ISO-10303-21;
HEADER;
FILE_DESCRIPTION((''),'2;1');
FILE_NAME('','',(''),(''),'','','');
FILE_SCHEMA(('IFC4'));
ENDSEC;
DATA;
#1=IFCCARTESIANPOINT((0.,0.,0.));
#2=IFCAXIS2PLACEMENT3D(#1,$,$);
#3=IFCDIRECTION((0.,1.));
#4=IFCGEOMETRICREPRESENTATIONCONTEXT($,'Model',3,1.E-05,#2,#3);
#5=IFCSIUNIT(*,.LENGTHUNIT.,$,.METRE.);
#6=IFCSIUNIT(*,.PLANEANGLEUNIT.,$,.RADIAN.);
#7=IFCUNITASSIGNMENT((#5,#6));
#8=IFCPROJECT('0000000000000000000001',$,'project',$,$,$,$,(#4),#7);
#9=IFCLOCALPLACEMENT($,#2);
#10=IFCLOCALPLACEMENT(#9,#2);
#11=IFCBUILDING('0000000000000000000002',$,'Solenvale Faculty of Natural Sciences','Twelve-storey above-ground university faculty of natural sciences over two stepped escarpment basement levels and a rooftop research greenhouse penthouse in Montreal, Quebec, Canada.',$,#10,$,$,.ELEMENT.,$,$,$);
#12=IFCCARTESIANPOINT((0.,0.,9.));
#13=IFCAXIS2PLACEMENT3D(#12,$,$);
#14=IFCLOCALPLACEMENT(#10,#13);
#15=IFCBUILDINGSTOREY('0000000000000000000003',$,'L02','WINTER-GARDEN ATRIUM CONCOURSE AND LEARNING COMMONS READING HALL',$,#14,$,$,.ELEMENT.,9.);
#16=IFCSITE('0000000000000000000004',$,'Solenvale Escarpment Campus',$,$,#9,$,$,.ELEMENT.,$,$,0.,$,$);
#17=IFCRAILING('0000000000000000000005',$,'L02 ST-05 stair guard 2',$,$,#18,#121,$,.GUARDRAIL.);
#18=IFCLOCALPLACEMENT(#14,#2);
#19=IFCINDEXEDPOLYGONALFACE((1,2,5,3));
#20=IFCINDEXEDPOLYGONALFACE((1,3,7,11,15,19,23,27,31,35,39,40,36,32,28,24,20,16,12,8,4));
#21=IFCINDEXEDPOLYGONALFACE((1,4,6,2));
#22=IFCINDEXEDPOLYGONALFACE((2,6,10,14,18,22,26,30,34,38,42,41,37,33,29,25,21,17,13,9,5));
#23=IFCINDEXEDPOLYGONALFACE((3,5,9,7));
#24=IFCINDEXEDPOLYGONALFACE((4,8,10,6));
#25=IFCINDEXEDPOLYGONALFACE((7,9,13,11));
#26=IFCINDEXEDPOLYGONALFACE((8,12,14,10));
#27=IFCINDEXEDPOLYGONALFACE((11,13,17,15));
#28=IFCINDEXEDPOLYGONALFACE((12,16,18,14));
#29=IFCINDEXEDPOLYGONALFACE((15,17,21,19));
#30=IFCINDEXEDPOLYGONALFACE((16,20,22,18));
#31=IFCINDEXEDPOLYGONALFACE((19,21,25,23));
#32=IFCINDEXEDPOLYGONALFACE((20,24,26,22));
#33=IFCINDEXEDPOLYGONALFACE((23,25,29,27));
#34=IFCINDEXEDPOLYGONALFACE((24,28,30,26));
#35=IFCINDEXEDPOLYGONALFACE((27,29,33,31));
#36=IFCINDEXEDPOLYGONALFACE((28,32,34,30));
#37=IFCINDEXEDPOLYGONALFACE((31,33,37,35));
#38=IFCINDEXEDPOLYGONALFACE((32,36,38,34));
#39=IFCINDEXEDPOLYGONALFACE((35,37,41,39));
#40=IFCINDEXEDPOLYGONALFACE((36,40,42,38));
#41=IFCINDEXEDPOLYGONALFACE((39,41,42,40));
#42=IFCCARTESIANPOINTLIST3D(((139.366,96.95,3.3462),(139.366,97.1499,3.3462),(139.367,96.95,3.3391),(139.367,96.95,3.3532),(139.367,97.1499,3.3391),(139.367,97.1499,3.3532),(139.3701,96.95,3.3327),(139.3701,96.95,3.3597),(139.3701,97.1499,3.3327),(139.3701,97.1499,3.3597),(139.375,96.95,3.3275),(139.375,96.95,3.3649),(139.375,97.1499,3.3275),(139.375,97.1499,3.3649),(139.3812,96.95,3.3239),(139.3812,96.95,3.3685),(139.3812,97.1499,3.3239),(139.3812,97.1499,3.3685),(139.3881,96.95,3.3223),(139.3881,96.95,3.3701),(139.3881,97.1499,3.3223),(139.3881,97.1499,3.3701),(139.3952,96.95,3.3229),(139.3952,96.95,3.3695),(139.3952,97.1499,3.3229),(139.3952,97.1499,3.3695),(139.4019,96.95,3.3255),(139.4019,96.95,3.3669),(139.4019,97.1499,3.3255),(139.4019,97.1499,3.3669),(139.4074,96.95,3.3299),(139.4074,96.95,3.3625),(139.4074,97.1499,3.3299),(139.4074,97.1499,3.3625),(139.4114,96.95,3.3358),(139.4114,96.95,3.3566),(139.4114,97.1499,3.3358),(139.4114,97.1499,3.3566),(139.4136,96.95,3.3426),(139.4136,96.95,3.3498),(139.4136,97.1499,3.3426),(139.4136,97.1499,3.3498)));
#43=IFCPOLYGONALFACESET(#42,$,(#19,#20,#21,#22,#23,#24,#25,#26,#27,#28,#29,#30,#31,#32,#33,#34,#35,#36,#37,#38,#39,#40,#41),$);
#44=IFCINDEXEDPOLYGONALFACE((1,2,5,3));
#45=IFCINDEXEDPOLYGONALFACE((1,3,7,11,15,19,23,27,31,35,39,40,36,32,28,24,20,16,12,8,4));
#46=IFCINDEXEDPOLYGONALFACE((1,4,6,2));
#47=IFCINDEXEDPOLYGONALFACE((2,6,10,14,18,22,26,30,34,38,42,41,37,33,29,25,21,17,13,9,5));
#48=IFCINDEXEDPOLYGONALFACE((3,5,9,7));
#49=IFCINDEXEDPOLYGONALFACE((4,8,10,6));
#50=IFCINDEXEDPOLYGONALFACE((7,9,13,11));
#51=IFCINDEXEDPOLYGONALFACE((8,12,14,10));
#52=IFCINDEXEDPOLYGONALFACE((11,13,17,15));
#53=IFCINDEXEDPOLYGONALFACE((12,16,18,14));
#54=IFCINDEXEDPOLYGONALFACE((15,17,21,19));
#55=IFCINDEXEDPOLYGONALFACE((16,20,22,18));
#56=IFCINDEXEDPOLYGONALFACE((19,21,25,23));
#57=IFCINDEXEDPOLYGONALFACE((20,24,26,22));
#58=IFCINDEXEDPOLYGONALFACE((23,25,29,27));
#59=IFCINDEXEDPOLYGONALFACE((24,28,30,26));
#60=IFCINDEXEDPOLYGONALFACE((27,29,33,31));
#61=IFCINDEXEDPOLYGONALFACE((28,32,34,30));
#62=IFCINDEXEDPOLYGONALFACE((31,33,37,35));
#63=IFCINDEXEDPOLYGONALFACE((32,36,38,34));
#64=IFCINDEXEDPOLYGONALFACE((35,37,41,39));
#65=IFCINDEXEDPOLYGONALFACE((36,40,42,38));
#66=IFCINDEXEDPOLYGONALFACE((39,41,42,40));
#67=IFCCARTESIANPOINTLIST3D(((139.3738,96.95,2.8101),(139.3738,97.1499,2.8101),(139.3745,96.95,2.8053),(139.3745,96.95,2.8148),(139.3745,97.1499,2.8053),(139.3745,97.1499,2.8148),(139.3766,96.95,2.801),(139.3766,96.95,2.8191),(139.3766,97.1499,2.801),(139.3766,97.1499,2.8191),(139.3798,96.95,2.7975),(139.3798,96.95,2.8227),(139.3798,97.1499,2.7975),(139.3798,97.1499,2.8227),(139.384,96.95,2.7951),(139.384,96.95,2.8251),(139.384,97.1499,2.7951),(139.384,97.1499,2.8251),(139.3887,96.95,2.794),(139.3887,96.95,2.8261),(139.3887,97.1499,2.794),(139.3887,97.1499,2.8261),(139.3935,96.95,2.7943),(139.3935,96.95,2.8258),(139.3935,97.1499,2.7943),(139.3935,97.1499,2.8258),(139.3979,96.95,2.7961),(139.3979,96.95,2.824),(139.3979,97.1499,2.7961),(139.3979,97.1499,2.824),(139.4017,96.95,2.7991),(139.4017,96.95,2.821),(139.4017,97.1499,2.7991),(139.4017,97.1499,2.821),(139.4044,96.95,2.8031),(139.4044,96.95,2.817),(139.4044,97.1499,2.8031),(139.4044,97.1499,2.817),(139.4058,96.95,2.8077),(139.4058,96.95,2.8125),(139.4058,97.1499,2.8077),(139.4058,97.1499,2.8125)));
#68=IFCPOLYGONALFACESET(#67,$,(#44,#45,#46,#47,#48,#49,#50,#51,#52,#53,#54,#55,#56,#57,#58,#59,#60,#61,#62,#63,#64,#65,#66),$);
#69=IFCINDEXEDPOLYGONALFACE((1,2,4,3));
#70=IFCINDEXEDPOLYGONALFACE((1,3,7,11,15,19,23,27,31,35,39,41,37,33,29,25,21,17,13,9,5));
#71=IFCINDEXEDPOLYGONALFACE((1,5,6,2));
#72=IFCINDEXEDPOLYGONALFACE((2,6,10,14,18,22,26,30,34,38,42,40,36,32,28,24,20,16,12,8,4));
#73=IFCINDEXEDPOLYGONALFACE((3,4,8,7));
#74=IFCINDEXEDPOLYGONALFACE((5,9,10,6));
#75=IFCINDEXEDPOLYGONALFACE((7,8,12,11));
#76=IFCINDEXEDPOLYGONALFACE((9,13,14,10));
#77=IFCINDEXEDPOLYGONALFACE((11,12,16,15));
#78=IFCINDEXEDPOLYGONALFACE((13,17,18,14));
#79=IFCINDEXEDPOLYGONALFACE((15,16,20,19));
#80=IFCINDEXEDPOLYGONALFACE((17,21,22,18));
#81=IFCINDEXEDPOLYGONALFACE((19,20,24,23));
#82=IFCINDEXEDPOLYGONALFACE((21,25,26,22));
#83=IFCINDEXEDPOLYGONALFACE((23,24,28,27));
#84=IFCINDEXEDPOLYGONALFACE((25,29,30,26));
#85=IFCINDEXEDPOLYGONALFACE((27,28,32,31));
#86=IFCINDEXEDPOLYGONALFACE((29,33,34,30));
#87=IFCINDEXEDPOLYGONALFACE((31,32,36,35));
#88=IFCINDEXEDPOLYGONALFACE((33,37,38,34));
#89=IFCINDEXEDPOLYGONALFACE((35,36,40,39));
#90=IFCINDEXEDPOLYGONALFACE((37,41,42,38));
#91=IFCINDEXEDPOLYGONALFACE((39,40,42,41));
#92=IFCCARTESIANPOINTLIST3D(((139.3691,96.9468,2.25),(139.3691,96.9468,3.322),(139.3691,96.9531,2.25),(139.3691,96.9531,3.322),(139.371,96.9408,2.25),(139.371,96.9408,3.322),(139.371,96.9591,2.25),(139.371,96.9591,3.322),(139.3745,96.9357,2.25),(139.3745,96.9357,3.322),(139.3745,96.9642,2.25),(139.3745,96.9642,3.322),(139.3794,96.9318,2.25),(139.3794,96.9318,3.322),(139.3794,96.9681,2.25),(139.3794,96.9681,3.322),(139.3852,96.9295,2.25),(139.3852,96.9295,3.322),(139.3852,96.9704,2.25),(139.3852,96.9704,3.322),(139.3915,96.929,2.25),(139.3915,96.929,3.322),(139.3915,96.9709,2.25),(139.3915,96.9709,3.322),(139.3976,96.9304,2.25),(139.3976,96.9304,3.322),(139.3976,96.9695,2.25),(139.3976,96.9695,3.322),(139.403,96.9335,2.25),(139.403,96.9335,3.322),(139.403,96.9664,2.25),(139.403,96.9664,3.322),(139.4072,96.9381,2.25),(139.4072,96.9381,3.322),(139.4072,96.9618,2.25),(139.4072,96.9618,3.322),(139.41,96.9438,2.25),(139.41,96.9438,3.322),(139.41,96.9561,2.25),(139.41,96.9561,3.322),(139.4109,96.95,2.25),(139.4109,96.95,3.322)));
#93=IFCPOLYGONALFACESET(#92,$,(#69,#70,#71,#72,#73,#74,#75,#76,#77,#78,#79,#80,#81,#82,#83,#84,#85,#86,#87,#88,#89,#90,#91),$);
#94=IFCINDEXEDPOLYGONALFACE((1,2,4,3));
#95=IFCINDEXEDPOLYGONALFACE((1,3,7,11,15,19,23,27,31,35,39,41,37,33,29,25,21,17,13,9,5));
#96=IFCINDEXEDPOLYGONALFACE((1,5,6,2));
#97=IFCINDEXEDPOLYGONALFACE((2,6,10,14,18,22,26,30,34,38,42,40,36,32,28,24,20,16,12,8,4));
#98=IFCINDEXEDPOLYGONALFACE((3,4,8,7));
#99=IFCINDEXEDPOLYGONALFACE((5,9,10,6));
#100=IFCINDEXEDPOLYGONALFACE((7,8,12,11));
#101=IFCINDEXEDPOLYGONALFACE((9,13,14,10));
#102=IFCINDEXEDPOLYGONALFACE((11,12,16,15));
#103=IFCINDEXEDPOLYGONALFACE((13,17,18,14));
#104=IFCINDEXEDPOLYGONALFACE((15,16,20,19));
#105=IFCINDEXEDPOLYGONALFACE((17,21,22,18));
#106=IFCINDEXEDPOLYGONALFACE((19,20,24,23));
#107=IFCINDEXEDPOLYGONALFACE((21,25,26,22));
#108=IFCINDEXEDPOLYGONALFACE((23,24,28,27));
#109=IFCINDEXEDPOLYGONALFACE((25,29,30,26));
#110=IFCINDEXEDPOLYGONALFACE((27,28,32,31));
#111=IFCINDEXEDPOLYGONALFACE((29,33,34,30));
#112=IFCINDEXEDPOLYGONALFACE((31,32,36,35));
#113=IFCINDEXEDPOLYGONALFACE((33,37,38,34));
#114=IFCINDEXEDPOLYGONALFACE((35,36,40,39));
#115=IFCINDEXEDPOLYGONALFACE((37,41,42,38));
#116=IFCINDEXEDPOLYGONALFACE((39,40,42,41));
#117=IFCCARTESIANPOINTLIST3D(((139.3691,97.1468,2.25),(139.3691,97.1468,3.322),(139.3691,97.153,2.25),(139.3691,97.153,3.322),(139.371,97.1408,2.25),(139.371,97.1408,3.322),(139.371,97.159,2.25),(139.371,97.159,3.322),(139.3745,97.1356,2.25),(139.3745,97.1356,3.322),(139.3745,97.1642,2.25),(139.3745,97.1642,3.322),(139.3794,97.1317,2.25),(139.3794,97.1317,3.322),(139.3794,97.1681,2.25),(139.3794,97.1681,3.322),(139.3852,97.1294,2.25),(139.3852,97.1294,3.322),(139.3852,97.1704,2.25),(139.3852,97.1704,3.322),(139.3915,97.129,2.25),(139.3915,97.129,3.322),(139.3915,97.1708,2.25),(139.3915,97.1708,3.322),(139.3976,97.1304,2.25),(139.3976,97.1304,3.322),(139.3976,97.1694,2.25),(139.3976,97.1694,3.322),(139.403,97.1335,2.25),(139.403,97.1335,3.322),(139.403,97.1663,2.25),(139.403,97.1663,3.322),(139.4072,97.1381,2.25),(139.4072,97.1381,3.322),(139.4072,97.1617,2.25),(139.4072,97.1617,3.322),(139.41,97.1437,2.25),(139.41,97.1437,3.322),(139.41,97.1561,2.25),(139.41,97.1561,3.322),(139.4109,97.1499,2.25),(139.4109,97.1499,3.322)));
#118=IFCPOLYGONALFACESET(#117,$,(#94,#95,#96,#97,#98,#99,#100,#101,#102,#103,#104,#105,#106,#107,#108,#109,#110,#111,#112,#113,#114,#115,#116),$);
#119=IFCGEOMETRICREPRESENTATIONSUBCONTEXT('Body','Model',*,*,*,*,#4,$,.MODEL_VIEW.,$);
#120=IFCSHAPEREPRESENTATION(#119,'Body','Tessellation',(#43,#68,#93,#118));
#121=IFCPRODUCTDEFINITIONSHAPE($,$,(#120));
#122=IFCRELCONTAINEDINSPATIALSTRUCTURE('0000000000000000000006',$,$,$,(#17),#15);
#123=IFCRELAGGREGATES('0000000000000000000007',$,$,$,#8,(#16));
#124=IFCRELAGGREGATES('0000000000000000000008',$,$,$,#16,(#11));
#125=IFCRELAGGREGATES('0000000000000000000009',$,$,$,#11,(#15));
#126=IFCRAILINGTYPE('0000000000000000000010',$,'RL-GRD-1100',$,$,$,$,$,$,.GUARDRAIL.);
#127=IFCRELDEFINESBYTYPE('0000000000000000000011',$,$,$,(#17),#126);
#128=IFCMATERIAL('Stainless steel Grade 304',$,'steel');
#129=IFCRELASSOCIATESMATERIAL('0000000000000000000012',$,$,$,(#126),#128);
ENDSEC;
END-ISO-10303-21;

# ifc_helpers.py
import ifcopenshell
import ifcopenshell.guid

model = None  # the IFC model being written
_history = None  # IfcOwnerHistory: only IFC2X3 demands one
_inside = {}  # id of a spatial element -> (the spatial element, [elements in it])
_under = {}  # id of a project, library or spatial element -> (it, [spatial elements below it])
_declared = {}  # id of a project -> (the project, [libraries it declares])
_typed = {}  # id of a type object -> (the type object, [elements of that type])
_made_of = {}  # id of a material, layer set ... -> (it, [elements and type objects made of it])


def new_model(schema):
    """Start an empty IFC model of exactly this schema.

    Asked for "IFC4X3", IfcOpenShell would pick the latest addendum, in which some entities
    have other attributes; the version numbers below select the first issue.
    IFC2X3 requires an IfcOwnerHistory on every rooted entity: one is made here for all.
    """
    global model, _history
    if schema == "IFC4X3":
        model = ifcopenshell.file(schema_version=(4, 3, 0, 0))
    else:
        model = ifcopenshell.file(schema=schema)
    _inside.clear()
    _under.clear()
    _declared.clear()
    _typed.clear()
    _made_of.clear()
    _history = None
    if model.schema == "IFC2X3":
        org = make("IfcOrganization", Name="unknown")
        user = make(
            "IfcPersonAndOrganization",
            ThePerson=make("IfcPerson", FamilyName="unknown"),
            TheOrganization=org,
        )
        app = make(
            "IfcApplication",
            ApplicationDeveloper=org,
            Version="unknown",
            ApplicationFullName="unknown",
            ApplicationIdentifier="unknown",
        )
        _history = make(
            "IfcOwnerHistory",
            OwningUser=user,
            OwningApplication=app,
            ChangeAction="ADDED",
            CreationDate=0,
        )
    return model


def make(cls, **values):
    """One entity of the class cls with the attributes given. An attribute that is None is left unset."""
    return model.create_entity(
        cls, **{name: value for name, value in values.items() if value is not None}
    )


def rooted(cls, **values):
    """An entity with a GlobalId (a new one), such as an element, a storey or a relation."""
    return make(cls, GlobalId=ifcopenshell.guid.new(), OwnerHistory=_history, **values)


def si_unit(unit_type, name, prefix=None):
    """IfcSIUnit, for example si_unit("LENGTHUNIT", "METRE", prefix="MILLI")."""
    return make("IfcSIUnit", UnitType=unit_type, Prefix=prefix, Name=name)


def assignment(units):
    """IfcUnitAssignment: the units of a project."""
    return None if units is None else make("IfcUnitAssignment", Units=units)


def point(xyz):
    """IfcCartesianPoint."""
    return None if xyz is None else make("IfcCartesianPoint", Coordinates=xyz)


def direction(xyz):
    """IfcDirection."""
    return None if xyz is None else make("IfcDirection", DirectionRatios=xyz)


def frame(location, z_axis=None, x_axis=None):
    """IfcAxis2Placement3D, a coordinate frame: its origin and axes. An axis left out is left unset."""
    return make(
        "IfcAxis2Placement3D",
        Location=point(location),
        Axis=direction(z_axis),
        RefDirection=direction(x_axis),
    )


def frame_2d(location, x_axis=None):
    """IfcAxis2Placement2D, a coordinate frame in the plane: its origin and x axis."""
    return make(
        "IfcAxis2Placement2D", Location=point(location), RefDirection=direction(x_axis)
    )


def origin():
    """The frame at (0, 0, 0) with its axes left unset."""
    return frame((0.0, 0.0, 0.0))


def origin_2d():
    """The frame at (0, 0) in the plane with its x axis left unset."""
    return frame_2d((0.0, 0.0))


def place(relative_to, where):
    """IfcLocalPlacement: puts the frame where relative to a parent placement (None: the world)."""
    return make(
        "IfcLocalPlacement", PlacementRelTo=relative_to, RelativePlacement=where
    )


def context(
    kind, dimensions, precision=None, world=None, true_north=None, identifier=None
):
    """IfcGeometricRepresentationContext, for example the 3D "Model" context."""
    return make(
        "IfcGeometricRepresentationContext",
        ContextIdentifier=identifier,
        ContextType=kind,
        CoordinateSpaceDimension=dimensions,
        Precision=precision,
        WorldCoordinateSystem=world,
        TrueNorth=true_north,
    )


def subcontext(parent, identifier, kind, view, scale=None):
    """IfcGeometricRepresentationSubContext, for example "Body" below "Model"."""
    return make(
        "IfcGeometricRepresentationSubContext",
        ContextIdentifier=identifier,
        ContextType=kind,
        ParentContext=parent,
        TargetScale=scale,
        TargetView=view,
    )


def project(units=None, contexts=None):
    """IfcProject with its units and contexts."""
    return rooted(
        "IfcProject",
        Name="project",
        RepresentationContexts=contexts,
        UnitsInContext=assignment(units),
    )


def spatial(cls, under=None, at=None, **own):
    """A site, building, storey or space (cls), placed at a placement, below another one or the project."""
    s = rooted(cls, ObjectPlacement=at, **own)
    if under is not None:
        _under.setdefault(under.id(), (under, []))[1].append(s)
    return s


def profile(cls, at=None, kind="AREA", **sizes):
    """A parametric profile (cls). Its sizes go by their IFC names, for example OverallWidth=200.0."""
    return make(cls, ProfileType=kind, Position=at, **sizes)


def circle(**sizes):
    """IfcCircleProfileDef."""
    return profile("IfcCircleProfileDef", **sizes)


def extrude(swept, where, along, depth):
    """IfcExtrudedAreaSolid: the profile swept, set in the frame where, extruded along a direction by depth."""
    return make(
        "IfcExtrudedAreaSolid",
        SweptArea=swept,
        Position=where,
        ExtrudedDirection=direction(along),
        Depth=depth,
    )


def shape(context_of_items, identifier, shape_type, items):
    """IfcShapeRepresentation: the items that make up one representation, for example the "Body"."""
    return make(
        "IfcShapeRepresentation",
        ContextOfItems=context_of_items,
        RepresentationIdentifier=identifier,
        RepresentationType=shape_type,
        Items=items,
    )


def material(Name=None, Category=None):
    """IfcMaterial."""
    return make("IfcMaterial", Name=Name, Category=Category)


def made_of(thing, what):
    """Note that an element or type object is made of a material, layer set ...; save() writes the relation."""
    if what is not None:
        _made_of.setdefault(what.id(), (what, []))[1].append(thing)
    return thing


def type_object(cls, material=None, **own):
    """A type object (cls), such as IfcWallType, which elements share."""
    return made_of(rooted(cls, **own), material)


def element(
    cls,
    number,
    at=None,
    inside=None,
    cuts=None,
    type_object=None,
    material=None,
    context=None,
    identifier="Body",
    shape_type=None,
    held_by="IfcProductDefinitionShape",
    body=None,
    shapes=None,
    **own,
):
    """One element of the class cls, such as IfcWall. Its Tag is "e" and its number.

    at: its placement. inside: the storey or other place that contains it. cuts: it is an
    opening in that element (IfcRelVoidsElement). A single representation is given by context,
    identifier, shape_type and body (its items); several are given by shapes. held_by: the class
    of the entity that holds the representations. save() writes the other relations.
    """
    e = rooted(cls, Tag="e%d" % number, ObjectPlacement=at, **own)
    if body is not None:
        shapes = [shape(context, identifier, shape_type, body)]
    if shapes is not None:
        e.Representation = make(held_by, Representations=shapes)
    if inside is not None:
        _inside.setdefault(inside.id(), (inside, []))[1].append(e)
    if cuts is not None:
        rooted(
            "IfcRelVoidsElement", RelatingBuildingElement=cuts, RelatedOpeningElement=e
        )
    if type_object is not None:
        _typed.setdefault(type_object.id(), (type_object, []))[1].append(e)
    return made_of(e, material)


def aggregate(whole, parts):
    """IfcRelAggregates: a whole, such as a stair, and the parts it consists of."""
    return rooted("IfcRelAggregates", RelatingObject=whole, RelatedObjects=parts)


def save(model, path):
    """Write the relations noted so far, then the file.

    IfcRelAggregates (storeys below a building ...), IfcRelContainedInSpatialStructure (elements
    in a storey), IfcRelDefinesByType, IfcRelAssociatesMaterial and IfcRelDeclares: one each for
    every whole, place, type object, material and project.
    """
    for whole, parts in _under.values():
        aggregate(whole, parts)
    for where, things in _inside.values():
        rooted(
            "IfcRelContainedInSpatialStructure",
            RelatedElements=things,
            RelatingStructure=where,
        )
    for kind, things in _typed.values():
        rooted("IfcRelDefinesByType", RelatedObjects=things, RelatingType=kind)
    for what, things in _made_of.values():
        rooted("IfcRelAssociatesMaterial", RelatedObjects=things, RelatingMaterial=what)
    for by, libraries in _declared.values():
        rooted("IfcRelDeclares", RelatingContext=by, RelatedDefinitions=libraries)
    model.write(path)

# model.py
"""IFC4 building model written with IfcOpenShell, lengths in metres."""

from ifc_helpers import new_model, si_unit, direction, frame, origin, origin_2d, place, context, subcontext, project, spatial, circle, extrude, material, type_object, element, save


model = new_model("IFC4")

# Units and contexts
model_context = context("Model", 3, precision=1e-05, world=origin(), true_north=direction((0.0, 1.0)))
body_context = subcontext(model_context, "Body", "Model", "MODEL_VIEW")
ifc_project = project(units=[si_unit("LENGTHUNIT", "METRE"), si_unit("PLANEANGLEUNIT", "RADIAN")], contexts=[model_context])

# Site, building, storey
site_placement = place(None, origin())
site = spatial("IfcSite", under=ifc_project, at=site_placement, Name="Solenvale Escarpment Campus", CompositionType="ELEMENT", RefElevation=0.0)
building_placement = place(site_placement, origin())
building = spatial("IfcBuilding", under=site, at=building_placement, Name="Solenvale Faculty of Natural Sciences", Description="Twelve-storey above-ground university faculty of natural sciences over two stepped escarpment basement levels and a rooftop research greenhouse penthouse in Montreal, Quebec, Canada.", CompositionType="ELEMENT")
storey_placement = place(building_placement, frame((0.0, 0.0, 9.0)))
storey = spatial("IfcBuildingStorey", under=building, at=storey_placement, Name="L02", Description="WINTER-GARDEN ATRIUM CONCOURSE AND LEARNING COMMONS READING HALL", CompositionType="ELEMENT", Elevation=9.0)

# Shared definitions
ifc_material_1 = material(Name="Stainless steel Grade 304", Category="steel")

# Railing
railing_type_1 = type_object("IfcRailingType", Name="RL-GRD-1100", PredefinedType="GUARDRAIL", material=ifc_material_1)
railing_1_placement = place(storey_placement, frame((139.3899, 96.95, 2.25)))
element("IfcRailing", 1, at=railing_1_placement, inside=storey, type_object=railing_type_1, Name="L02 ST-05 stair guard 2", PredefinedType="GUARDRAIL", context=body_context, shape_type="SweptSolid", body=[
    extrude(circle(Radius=0.0239, at=origin_2d()), frame((0.0, 0.0, 1.0962), z_axis=(0.0, 1.0, 0.0), x_axis=(-1.0, 0.0, 0.0)), (0.0, 0.0, 1.0), 0.2),
    extrude(circle(Radius=0.0161, at=origin_2d()), frame((0.0, 0.0, 0.5601), z_axis=(0.0, 1.0, 0.0), x_axis=(-1.0, 0.0, 0.0)), (0.0, 0.0, 1.0), 0.2),
    extrude(circle(Radius=0.021, at=origin_2d()), origin(), (0.0, 0.0, 1.0), 1.072),
    extrude(circle(Radius=0.021, at=origin_2d()), frame((0.0, 0.2, 0.0)), (0.0, 0.0, 1.0), 1.072),
])

save(model, "model.ifc")
